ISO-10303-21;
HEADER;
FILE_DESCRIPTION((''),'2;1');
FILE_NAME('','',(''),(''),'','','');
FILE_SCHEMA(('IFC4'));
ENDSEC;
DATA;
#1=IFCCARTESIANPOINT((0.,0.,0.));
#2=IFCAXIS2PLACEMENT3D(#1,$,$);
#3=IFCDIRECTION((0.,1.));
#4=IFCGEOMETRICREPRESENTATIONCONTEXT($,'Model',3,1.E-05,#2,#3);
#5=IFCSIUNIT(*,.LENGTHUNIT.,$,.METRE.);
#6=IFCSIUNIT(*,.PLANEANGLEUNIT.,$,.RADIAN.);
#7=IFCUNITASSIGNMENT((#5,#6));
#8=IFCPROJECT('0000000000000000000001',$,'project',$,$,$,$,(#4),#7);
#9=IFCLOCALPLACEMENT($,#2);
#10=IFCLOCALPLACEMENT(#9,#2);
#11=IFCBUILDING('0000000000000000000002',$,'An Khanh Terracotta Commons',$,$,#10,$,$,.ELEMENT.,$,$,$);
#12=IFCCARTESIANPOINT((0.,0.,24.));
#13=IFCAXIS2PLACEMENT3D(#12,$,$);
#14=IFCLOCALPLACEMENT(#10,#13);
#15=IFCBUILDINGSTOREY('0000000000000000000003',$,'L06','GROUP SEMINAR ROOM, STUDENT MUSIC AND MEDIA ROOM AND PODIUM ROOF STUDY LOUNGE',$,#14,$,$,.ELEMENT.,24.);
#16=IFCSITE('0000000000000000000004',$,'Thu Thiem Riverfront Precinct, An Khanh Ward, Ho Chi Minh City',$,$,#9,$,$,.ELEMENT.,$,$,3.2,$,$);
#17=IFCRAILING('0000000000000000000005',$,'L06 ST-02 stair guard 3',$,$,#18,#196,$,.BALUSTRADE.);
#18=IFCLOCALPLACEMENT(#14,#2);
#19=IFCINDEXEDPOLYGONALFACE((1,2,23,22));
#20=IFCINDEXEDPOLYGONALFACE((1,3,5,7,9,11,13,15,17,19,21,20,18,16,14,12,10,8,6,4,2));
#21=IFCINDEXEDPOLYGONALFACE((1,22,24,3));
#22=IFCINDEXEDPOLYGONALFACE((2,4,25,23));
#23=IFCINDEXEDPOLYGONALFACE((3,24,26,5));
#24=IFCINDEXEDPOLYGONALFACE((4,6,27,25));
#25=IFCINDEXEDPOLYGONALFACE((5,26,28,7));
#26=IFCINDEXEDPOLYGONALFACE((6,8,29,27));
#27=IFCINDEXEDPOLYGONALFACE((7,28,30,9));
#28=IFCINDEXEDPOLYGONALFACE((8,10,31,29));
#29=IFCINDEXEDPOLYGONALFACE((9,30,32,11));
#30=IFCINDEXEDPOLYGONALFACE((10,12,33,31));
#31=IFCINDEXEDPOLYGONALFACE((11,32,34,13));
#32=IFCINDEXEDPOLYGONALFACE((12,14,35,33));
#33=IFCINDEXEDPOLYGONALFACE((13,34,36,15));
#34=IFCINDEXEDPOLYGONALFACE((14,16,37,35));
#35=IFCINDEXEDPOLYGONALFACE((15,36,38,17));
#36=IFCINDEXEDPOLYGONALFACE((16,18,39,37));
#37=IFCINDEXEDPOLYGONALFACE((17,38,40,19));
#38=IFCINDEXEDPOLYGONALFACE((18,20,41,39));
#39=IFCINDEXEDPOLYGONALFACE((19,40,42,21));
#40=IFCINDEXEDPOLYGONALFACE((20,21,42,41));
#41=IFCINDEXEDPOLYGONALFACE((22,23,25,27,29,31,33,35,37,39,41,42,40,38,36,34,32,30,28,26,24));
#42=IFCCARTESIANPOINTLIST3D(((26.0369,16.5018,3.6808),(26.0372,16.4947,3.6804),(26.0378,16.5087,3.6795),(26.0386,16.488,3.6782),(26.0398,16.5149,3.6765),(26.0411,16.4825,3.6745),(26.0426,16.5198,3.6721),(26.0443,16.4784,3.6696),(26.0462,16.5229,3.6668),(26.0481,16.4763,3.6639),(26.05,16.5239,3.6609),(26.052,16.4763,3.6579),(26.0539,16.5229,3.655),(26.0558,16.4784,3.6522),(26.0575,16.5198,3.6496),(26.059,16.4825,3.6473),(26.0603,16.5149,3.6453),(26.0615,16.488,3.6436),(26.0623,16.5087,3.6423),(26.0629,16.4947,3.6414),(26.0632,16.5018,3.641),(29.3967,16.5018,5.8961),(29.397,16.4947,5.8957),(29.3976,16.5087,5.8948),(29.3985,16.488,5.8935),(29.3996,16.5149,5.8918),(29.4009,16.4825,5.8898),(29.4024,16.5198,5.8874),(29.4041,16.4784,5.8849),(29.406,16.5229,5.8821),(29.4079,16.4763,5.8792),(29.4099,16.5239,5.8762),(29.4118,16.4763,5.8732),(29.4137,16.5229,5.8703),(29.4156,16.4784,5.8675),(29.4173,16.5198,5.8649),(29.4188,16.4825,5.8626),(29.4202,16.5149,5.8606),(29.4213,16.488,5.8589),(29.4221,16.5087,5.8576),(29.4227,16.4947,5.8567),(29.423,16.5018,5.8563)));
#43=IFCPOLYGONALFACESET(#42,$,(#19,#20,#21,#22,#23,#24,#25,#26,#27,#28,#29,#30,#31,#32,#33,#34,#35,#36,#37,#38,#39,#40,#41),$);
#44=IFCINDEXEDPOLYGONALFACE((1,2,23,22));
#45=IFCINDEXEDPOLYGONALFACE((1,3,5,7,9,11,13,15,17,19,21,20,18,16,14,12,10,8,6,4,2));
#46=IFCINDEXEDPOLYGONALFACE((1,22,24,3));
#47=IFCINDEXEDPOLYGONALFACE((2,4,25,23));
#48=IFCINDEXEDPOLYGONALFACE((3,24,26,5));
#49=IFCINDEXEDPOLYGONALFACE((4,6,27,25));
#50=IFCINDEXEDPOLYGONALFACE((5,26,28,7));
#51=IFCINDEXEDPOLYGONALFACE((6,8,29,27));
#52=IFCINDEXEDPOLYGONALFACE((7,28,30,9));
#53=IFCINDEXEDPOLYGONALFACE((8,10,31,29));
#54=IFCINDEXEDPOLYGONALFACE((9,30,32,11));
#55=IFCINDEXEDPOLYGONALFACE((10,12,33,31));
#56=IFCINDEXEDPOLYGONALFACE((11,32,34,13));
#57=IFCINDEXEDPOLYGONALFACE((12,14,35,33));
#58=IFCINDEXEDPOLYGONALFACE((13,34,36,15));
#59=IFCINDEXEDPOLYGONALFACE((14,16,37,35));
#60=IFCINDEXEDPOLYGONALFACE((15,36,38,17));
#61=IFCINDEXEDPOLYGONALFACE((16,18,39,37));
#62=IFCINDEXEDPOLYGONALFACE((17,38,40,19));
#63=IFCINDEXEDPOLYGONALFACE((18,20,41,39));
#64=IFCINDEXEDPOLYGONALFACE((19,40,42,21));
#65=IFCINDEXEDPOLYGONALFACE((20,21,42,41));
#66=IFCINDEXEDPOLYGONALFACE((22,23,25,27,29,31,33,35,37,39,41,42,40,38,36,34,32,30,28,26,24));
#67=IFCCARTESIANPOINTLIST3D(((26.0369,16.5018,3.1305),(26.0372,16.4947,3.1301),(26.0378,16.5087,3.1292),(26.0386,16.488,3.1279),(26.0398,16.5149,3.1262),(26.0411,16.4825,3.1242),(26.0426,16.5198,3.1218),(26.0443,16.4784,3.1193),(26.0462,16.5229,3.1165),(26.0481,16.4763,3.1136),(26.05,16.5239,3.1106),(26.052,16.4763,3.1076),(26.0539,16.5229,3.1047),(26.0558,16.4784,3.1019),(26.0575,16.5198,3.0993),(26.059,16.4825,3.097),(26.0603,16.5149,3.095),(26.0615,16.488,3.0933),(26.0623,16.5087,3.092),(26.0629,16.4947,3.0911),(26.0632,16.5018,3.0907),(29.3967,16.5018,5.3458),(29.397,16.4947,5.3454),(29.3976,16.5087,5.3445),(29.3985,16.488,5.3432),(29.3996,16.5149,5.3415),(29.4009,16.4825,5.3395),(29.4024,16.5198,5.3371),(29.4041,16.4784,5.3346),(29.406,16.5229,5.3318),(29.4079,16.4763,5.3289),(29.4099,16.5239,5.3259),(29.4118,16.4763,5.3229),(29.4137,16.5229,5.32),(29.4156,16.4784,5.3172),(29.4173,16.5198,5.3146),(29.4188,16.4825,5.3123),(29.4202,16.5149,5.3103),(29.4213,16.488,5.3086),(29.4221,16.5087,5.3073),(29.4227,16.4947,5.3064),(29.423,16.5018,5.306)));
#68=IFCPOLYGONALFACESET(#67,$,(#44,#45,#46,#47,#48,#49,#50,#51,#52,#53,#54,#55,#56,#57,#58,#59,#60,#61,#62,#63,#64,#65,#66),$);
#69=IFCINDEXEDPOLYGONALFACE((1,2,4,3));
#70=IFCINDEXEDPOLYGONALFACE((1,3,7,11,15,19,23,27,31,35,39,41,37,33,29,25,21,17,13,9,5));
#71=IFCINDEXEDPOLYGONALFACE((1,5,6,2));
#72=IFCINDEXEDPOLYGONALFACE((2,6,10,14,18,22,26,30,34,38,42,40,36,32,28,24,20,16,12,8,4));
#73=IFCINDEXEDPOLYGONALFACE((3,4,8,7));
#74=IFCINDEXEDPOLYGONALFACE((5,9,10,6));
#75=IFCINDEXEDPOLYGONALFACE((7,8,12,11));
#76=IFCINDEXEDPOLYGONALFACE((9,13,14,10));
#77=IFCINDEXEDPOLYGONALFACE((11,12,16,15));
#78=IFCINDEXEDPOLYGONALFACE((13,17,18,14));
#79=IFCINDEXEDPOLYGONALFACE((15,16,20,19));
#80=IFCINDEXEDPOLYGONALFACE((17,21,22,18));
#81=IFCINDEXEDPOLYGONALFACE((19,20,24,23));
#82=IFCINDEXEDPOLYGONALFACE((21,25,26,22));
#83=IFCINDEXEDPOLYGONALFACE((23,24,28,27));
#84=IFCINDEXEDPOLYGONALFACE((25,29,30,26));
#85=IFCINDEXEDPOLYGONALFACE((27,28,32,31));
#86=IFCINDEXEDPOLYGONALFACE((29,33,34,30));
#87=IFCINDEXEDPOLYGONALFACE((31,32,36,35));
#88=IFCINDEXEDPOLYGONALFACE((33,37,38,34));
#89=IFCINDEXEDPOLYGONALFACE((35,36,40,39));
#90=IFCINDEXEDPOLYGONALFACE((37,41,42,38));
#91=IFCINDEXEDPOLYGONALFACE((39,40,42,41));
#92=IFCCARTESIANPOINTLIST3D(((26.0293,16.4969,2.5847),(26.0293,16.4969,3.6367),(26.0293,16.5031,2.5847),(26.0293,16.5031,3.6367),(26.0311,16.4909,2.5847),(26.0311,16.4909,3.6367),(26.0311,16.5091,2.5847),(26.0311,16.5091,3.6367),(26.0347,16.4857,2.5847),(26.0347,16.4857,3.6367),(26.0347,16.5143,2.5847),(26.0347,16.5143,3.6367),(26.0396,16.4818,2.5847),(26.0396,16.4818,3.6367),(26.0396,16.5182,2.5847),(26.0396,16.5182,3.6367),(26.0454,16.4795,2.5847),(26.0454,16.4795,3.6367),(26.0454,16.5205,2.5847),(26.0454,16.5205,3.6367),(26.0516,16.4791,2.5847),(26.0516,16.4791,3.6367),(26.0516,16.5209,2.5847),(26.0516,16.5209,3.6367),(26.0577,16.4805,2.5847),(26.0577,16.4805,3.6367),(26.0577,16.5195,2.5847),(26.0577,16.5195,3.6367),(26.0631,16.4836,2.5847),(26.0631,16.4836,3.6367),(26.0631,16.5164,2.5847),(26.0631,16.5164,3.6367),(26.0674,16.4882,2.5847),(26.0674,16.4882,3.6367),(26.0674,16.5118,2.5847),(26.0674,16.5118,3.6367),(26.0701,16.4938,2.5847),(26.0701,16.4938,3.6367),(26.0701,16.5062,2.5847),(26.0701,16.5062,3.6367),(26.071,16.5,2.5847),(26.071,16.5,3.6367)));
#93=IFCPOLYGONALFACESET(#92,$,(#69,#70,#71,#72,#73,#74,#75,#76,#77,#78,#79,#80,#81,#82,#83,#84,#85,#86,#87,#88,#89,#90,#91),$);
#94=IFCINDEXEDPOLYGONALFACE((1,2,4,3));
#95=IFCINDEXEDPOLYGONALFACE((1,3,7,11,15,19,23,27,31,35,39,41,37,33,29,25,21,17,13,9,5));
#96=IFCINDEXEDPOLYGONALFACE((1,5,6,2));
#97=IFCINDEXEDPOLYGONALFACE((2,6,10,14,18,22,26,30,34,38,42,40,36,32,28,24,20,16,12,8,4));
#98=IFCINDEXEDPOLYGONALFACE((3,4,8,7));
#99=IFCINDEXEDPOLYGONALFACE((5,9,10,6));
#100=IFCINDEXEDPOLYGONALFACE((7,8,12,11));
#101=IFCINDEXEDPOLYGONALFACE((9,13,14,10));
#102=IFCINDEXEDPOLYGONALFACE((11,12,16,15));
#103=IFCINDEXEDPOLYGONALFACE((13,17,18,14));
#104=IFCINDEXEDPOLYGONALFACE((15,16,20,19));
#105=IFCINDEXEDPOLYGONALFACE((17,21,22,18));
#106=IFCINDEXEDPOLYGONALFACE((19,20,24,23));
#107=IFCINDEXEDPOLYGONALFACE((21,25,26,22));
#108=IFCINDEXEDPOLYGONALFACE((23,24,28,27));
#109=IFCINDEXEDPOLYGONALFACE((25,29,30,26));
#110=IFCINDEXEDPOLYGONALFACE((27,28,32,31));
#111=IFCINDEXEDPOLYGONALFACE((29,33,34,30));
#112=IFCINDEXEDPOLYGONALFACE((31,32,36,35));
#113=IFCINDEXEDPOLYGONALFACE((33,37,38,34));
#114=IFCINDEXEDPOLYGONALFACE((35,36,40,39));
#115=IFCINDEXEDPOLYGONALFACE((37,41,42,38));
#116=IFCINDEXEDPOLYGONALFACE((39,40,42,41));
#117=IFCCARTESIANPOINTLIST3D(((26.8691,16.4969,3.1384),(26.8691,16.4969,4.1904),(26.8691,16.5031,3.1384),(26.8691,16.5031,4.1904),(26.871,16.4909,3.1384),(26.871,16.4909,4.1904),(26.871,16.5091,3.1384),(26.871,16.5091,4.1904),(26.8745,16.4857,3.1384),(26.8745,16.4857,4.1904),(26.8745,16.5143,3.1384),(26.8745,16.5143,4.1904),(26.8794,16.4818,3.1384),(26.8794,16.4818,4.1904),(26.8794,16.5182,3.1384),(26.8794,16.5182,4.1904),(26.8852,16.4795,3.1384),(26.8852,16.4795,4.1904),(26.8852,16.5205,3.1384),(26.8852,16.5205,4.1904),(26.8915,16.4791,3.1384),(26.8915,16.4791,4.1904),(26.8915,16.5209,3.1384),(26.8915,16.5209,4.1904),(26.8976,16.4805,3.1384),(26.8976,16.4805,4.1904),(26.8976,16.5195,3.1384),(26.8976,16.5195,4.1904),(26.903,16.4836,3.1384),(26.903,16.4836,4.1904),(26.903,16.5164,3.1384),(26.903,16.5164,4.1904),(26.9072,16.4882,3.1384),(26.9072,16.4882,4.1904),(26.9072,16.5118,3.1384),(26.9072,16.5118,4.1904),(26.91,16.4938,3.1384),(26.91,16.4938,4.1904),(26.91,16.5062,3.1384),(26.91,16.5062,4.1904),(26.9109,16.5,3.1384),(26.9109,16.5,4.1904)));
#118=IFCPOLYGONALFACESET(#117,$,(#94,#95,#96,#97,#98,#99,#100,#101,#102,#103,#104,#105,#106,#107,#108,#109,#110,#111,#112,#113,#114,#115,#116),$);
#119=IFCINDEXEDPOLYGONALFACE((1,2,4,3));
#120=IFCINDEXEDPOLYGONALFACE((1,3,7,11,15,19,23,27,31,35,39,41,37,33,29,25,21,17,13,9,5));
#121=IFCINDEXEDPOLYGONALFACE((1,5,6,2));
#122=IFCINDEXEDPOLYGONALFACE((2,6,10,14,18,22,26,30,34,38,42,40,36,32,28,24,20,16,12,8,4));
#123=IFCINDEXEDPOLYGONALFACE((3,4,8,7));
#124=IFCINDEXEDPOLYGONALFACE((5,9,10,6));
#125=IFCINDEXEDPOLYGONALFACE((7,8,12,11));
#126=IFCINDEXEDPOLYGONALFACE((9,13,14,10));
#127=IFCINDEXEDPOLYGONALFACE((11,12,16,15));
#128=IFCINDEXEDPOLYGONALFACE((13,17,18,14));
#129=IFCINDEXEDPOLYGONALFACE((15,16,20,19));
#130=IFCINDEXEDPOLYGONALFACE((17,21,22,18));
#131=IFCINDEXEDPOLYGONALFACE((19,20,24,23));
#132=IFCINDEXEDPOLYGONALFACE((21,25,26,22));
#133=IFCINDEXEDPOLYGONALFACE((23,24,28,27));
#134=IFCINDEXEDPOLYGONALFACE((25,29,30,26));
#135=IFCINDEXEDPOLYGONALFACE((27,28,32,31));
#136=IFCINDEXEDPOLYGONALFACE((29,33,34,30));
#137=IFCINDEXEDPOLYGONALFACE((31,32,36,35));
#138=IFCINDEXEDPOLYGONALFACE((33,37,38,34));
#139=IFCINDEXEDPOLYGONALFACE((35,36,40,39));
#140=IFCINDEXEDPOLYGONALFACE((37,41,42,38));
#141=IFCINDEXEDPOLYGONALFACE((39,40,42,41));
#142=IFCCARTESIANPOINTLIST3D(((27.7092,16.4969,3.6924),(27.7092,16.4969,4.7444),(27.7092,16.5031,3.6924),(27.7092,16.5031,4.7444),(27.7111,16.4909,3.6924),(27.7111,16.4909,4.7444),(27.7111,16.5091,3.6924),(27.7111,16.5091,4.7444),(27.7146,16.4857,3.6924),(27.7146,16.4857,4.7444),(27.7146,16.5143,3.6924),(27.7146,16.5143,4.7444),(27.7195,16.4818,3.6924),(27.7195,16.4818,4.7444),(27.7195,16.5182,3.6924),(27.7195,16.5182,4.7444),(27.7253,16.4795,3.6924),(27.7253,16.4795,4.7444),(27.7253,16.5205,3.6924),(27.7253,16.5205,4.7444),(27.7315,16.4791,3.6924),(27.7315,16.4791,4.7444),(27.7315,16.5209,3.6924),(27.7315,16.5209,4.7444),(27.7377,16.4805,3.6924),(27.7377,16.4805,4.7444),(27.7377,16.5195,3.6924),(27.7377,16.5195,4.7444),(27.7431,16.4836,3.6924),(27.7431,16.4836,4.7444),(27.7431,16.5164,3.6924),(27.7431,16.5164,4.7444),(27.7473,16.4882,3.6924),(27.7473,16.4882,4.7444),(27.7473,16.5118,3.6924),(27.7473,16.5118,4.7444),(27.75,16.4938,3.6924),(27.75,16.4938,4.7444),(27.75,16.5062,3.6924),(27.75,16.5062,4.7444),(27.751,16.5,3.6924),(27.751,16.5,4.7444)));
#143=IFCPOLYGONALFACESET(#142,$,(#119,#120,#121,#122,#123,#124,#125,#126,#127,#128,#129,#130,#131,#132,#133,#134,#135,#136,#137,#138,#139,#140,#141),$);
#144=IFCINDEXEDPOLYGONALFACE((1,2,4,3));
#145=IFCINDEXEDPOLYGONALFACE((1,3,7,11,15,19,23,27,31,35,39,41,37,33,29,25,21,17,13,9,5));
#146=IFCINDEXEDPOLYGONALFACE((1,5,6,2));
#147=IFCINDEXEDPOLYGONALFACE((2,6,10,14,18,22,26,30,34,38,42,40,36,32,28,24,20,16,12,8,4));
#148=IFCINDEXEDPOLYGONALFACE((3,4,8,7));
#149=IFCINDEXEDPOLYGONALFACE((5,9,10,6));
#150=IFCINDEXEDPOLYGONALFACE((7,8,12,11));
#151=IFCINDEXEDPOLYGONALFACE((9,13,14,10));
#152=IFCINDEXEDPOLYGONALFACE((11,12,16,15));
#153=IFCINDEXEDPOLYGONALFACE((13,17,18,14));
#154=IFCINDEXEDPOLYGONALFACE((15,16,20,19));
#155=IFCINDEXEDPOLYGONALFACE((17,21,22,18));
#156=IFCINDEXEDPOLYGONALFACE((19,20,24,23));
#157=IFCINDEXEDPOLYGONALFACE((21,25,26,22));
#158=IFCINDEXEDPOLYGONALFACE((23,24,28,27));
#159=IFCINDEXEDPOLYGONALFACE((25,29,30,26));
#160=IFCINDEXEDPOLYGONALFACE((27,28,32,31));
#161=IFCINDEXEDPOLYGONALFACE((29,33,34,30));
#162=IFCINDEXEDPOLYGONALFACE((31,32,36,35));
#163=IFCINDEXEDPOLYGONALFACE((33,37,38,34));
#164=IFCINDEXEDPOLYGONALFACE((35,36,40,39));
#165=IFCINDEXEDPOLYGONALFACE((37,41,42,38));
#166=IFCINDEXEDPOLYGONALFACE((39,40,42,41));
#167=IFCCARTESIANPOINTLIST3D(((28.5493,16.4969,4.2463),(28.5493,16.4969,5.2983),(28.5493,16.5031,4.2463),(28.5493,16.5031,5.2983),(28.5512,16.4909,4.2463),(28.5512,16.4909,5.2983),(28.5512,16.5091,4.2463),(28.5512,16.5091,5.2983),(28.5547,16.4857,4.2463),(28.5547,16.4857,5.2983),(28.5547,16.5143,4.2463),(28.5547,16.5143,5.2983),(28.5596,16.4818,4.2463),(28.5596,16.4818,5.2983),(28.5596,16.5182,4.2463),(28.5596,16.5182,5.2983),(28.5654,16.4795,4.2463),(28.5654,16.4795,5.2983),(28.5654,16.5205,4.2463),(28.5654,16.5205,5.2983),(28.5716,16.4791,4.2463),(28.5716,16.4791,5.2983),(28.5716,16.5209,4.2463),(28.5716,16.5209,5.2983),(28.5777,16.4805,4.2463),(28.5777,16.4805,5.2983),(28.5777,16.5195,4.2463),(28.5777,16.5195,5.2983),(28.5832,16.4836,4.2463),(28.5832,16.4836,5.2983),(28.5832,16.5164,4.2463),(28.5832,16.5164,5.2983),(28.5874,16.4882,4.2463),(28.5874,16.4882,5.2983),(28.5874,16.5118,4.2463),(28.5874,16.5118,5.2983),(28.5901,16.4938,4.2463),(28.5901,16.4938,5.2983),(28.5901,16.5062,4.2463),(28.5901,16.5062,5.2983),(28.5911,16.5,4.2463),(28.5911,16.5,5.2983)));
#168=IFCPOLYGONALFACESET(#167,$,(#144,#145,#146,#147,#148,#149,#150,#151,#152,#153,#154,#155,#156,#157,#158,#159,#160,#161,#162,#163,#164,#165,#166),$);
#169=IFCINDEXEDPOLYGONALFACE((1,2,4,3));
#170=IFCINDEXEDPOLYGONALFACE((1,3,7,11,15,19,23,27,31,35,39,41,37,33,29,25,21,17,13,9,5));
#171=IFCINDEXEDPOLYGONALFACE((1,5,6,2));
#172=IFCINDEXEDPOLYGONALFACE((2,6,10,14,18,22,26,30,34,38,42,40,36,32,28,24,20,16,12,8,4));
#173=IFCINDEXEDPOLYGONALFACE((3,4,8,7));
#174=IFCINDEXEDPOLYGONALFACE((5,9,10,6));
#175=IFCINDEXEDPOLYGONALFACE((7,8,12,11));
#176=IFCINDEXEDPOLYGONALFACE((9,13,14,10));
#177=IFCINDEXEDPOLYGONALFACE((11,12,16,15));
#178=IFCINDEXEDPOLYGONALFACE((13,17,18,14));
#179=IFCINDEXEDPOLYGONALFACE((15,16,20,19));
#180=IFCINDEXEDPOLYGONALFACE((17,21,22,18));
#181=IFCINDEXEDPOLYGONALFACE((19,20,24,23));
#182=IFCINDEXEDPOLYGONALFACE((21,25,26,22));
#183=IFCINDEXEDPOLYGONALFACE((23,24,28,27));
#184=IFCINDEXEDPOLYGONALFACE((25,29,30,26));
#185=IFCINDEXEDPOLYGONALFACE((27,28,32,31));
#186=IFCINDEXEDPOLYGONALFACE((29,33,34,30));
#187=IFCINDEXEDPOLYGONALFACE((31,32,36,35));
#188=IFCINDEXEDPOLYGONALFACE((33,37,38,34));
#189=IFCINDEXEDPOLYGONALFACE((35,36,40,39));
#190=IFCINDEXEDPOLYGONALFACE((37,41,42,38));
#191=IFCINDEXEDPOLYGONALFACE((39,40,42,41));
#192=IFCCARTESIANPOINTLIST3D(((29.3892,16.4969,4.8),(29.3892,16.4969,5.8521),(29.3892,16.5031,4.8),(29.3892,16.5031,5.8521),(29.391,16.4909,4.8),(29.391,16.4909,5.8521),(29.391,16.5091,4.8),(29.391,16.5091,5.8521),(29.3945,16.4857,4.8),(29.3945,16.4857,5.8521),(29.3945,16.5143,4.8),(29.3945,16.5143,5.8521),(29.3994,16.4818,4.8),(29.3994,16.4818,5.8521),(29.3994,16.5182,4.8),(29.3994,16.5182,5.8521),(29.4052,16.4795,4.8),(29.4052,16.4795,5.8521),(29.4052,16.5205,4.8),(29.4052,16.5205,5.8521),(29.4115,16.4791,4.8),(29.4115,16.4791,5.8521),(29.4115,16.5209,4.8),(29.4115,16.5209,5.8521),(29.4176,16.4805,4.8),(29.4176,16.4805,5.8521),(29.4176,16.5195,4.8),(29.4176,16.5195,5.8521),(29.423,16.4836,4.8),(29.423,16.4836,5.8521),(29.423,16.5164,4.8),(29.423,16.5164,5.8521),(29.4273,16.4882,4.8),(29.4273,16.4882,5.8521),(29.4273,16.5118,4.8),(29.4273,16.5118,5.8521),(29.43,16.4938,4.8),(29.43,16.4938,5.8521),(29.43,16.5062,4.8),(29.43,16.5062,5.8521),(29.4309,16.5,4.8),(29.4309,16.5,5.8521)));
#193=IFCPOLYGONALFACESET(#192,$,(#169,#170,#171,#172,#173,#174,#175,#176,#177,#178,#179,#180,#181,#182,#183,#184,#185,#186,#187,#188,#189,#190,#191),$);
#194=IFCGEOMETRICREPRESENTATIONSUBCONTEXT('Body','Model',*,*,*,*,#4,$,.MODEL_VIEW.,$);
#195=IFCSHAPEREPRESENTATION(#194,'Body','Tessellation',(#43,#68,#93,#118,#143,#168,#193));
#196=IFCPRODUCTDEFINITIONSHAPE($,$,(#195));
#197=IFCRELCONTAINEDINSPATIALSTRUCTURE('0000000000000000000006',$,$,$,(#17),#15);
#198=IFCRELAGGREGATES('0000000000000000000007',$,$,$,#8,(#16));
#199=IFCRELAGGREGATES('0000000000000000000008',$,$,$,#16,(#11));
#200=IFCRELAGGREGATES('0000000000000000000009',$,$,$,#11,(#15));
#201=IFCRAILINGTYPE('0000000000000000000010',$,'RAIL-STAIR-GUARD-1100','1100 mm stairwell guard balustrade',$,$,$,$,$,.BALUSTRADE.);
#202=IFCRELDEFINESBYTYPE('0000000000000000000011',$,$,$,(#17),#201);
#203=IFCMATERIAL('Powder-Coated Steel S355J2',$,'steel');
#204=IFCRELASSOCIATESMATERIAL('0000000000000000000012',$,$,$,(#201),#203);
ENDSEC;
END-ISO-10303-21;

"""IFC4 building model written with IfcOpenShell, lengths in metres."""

from ifc_helpers import new_model, si_unit, direction, frame, origin, origin_2d, place, context, subcontext, project, spatial, circle, extrude, material, type_object, element, save


model = new_model("IFC4")

# Units and contexts
model_context = context("Model", 3, precision=1e-05, world=origin(), true_north=direction((0.0, 1.0)))
body_context = subcontext(model_context, "Body", "Model", "MODEL_VIEW")
ifc_project = project(units=[si_unit("LENGTHUNIT", "METRE"), si_unit("PLANEANGLEUNIT", "RADIAN")], contexts=[model_context])

# Site, building, storey
site_placement = place(None, origin())
site = spatial("IfcSite", under=ifc_project, at=site_placement, Name="Thu Thiem Riverfront Precinct, An Khanh Ward, Ho Chi Minh City", CompositionType="ELEMENT", RefElevation=3.2)
building_placement = place(site_placement, origin())
building = spatial("IfcBuilding", under=site, at=building_placement, Name="An Khanh Terracotta Commons", CompositionType="ELEMENT")
storey_placement = place(building_placement, frame((0.0, 0.0, 24.0)))
storey = spatial("IfcBuildingStorey", under=building, at=storey_placement, Name="L06", Description="GROUP SEMINAR ROOM, STUDENT MUSIC AND MEDIA ROOM AND PODIUM ROOF STUDY LOUNGE", CompositionType="ELEMENT", Elevation=24.0)

# Railing
ifc_material_1 = material(Name="Powder-Coated Steel S355J2", Category="steel")
railing_type_1 = type_object("IfcRailingType", Name="RAIL-STAIR-GUARD-1100", Description="1100 mm stairwell guard balustrade", PredefinedType="BALUSTRADE", material=ifc_material_1)
railing_1_placement = place(storey_placement, frame((26.05, 16.5, 2.5847)))
element("IfcRailing", 1, at=railing_1_placement, inside=storey, type_object=railing_type_1, Name="L06 ST-02 stair guard 3", PredefinedType="BALUSTRADE", context=body_context, shape_type="SweptSolid", body=[
    extrude(circle(Radius=0.0239, at=origin_2d()), frame((0.0, 0.0, 1.0762), z_axis=(0.834858, 0.0, 0.550465), x_axis=(0.0, 1.0, 0.0)), (0.0, 0.0, 1.0), 4.0244),
    extrude(circle(Radius=0.0239, at=origin_2d()), frame((0.0, 0.0, 0.5259), z_axis=(0.834858, 0.0, 0.550465), x_axis=(0.0, 1.0, 0.0)), (0.0, 0.0, 1.0), 4.0244),
    extrude(circle(Radius=0.021, at=origin_2d()), origin(), (0.0, 0.0, 1.0), 1.052),
    extrude(circle(Radius=0.021, at=origin_2d()), frame((0.8398, 0.0, 0.5537)), (0.0, 0.0, 1.0), 1.052),
    extrude(circle(Radius=0.021, at=origin_2d()), frame((1.6799, 0.0, 1.1077)), (0.0, 0.0, 1.0), 1.052),
    extrude(circle(Radius=0.021, at=origin_2d()), frame((2.52, 0.0, 1.6616)), (0.0, 0.0, 1.0), 1.052),
    extrude(circle(Radius=0.021, at=origin_2d()), frame((3.3599, 0.0, 2.2153)), (0.0, 0.0, 1.0), 1.052),
])

save(model, "model.ifc")
